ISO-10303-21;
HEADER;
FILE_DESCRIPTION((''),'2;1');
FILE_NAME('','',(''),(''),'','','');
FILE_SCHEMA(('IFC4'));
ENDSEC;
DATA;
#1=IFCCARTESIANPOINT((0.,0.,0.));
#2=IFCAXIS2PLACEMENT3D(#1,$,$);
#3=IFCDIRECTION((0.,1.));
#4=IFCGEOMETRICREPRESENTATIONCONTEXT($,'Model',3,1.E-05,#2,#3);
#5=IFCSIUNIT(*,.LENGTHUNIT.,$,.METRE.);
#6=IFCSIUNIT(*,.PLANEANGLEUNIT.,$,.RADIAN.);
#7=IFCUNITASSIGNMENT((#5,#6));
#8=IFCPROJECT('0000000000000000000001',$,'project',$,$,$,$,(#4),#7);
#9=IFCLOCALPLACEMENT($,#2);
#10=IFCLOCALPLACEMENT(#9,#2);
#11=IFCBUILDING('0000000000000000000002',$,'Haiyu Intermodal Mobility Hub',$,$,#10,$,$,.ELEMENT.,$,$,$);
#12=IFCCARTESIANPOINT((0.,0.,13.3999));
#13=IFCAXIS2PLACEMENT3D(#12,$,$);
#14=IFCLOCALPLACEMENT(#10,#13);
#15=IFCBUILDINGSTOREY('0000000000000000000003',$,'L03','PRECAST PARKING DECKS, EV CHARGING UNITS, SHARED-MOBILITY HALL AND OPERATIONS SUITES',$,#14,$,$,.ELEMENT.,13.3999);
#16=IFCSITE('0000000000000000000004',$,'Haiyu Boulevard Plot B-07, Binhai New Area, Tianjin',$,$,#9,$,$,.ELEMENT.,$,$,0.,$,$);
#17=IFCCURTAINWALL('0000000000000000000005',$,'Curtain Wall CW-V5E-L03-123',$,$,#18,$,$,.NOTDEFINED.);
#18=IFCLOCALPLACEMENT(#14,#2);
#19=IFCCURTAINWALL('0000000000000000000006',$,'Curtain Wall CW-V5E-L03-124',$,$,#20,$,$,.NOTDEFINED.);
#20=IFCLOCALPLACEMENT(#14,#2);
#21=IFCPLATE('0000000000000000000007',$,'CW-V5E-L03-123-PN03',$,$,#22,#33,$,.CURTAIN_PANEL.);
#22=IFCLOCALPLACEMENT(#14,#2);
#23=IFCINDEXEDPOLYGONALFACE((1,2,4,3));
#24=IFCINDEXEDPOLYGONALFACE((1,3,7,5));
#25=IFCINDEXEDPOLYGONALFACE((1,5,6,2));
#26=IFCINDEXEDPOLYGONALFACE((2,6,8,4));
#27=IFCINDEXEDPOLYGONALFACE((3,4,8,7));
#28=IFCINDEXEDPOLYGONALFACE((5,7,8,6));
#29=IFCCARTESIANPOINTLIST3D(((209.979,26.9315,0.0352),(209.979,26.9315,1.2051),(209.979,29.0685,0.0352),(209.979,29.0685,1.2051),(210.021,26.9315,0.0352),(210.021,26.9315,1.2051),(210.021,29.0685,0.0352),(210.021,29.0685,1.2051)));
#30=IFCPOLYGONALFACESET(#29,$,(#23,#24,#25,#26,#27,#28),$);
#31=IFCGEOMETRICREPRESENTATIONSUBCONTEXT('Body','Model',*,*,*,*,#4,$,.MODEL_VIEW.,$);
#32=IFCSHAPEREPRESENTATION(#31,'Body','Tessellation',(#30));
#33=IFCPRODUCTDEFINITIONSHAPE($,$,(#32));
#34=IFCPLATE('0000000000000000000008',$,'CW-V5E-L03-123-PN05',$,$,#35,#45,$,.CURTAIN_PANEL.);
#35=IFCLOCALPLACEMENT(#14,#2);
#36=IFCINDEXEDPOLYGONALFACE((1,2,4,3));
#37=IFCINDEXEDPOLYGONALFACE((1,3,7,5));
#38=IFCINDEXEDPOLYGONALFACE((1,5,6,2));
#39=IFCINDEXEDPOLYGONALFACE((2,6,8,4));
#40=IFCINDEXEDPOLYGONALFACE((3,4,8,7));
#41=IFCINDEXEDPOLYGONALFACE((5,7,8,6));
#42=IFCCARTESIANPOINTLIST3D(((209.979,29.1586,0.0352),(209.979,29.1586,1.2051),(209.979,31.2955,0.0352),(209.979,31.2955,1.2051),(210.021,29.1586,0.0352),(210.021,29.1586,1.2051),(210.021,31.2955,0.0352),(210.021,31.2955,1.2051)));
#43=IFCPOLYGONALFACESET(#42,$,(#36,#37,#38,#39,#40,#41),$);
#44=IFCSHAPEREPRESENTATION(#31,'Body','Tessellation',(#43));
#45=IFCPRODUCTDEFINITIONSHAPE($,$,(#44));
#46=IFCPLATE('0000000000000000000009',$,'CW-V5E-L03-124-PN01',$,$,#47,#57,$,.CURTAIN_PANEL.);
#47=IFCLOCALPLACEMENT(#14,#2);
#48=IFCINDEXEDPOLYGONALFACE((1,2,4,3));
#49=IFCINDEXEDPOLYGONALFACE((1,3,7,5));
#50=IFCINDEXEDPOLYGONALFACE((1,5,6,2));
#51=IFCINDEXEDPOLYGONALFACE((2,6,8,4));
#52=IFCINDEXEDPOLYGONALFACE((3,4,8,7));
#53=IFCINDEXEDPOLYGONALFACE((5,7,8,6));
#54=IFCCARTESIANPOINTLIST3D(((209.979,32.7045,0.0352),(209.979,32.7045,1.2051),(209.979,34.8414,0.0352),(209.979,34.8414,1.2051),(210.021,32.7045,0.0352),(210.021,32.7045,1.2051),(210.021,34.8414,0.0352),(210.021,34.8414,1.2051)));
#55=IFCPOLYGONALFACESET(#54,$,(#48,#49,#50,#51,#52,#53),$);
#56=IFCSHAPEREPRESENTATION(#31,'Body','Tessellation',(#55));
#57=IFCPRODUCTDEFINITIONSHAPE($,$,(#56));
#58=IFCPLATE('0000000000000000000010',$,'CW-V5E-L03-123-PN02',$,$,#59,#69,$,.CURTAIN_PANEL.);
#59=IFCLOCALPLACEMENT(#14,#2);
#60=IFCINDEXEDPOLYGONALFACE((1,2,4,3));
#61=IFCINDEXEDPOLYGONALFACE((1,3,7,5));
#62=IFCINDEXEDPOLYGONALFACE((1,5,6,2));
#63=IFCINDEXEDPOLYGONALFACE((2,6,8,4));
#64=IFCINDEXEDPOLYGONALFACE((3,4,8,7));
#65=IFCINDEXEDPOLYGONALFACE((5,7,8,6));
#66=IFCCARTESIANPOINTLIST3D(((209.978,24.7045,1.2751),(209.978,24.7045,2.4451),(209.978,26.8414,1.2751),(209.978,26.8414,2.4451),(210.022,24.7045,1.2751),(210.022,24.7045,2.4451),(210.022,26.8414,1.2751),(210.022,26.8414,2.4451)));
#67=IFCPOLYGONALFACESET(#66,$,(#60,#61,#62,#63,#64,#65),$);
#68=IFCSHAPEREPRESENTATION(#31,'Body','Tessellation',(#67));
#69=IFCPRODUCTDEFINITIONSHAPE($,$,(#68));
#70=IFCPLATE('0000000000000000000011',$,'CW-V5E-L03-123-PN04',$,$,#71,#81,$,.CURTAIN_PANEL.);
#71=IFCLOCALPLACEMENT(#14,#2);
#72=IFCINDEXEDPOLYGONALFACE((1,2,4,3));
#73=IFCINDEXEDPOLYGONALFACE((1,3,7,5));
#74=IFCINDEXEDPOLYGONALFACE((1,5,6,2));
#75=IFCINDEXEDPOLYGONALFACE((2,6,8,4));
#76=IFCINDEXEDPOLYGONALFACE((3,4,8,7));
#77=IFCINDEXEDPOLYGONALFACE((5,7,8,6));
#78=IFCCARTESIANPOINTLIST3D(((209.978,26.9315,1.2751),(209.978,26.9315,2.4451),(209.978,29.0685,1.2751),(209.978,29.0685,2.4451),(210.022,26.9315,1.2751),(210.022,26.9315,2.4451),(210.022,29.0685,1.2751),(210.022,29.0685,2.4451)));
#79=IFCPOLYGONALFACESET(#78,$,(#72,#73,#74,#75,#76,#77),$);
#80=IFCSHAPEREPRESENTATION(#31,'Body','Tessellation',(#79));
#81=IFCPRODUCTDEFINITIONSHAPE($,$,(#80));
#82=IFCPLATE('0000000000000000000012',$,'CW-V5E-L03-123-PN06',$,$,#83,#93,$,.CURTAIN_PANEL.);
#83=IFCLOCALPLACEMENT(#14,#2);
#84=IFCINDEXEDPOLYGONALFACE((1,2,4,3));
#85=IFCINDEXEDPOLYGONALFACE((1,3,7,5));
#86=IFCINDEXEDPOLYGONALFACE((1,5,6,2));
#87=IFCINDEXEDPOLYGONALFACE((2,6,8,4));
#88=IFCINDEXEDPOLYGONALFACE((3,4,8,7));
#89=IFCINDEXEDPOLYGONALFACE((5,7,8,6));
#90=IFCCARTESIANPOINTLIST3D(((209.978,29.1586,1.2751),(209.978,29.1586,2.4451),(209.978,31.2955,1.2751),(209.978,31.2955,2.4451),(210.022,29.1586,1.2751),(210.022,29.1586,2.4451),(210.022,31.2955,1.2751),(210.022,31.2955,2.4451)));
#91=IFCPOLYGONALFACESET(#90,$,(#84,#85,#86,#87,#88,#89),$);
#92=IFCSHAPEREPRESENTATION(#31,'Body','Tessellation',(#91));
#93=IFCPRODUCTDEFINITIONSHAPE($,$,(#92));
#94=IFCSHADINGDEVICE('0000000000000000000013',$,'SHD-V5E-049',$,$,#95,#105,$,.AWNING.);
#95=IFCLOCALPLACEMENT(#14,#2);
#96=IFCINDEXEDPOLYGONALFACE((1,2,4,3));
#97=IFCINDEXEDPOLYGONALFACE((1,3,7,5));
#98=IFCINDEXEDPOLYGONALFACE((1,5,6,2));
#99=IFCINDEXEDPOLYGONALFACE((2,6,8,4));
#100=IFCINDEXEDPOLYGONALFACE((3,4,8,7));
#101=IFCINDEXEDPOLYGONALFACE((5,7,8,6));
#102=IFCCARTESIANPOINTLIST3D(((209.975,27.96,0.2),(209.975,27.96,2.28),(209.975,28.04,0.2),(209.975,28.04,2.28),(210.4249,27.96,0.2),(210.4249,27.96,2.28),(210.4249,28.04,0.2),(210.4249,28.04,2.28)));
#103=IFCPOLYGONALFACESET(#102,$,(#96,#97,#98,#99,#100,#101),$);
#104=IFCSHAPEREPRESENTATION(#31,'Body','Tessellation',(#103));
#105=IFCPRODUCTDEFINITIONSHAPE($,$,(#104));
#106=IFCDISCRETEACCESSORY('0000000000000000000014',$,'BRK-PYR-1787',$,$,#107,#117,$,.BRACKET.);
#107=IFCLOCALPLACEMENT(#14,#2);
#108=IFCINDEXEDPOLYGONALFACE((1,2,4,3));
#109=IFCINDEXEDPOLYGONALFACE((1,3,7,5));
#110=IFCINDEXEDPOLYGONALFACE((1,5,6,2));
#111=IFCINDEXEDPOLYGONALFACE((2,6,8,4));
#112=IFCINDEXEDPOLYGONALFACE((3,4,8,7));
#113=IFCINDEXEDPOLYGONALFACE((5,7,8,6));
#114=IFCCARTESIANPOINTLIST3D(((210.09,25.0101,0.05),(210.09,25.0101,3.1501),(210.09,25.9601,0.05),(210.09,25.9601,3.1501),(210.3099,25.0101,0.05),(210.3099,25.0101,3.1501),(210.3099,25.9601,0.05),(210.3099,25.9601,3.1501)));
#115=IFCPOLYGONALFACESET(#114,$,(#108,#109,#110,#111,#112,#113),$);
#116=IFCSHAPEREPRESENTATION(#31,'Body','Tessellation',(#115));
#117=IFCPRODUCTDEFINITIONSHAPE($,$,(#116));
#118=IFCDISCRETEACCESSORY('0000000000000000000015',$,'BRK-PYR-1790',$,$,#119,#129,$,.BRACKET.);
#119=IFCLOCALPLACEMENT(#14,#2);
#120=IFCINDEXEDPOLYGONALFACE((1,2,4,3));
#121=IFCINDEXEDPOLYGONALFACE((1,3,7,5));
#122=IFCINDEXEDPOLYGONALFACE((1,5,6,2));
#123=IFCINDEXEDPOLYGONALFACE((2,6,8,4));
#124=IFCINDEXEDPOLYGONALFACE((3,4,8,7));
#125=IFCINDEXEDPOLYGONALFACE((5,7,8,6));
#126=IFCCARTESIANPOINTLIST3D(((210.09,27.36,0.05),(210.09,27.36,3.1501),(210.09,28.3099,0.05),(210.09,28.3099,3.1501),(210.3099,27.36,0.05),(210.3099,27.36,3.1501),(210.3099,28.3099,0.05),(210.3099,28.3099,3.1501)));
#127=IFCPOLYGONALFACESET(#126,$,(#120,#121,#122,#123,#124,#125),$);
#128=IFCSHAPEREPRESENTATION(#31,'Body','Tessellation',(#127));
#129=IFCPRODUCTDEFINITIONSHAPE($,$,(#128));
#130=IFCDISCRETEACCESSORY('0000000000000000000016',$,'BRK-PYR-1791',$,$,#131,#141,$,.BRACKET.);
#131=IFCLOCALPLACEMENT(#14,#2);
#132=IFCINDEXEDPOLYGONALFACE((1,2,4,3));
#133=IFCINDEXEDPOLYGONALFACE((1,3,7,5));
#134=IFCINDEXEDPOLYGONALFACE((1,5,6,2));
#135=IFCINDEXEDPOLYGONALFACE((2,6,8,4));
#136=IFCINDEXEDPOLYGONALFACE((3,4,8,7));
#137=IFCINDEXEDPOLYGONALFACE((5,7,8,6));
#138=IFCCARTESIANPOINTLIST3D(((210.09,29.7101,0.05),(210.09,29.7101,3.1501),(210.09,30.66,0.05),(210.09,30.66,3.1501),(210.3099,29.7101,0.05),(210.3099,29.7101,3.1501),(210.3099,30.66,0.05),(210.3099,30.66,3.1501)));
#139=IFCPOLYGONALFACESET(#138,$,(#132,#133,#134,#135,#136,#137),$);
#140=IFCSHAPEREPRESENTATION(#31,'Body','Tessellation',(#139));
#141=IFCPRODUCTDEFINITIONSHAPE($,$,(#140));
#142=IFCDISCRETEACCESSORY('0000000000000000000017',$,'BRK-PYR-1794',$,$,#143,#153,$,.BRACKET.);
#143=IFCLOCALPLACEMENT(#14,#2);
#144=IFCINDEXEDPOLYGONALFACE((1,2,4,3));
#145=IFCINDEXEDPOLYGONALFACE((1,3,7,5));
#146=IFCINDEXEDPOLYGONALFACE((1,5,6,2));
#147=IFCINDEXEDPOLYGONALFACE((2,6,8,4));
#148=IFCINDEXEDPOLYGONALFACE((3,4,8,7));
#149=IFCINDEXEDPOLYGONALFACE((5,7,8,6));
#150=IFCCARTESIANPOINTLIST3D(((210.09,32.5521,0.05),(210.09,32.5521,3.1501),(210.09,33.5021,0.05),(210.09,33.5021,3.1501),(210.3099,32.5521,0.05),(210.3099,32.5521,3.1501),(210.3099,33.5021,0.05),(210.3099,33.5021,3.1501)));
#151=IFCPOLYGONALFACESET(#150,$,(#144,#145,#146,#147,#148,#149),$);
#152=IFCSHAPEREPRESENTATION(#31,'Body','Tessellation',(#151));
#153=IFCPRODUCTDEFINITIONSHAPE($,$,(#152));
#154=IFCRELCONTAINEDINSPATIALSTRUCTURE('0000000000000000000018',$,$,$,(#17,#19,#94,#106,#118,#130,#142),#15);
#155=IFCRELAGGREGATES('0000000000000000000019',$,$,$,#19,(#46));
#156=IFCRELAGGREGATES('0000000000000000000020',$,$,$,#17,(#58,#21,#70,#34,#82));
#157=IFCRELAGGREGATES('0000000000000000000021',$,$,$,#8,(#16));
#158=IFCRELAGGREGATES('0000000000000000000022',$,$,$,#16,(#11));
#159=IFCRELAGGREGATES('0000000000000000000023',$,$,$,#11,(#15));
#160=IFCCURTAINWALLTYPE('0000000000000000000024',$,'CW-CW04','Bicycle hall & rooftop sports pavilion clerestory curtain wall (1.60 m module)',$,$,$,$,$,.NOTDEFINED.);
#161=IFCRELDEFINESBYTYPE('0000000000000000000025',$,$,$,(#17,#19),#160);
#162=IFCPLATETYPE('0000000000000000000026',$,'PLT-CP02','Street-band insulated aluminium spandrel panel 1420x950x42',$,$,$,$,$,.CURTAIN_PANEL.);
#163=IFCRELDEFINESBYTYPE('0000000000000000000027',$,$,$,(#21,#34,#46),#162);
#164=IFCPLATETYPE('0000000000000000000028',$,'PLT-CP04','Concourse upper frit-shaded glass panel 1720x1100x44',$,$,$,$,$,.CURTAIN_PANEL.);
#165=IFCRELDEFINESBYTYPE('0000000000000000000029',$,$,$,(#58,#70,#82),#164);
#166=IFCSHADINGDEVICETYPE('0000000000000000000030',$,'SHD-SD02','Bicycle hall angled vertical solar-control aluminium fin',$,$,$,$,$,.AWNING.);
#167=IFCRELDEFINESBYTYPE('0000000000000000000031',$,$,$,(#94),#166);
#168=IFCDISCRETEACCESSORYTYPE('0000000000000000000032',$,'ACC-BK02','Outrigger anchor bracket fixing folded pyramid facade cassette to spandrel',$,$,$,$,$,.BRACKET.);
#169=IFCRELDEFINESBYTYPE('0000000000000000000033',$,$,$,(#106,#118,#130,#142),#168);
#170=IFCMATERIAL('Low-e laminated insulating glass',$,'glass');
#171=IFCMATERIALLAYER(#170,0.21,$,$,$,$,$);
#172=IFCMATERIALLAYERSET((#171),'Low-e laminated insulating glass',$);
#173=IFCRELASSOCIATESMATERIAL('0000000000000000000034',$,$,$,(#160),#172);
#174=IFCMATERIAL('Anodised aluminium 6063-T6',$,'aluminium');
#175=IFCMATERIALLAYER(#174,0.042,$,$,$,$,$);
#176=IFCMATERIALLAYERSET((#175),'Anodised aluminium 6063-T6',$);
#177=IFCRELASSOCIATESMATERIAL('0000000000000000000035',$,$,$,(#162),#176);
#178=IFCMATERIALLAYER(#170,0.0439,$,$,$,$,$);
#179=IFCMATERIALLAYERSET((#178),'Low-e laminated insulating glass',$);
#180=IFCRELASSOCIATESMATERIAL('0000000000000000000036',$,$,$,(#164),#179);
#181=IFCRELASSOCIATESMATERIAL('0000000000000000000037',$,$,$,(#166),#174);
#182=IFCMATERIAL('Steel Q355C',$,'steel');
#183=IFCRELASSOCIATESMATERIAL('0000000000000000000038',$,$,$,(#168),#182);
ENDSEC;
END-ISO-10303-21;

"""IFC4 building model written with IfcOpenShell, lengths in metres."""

from ifc_helpers import new_model, si_unit, direction, frame, origin, origin_2d, place, context, subcontext, project, spatial, rectangle, extrude, material, layer, layer_set, material_profile, profile_set, type_object, element, aggregate, save


model = new_model("IFC4")

# Units and contexts
model_context = context("Model", 3, precision=1e-05, world=origin(), true_north=direction((0.0, 1.0)))
body_context = subcontext(model_context, "Body", "Model", "MODEL_VIEW")
ifc_project = project(units=[si_unit("LENGTHUNIT", "METRE"), si_unit("PLANEANGLEUNIT", "RADIAN")], contexts=[model_context])

# Site, building, storey
site_placement = place(None, origin())
site = spatial("IfcSite", under=ifc_project, at=site_placement, Name="Haiyu Boulevard Plot B-07, Binhai New Area, Tianjin", CompositionType="ELEMENT", RefElevation=0.0)
building_placement = place(site_placement, origin())
building = spatial("IfcBuilding", under=site, at=building_placement, Name="Haiyu Intermodal Mobility Hub", CompositionType="ELEMENT")
storey_placement = place(building_placement, frame((0.0, 0.0, 13.3999)))
storey = spatial("IfcBuildingStorey", under=building, at=storey_placement, Name="L03", Description="PRECAST PARKING DECKS, EV CHARGING UNITS, SHARED-MOBILITY HALL AND OPERATIONS SUITES", CompositionType="ELEMENT", Elevation=13.3999)

# Curtain wall
ifc_material_1 = material(Name="Low-e laminated insulating glass", Category="glass")
ifc_layer_1 = layer(ifc_material_1, 0.21)
ifc_layer_set_1 = layer_set([ifc_layer_1], Name="Low-e laminated insulating glass")
curtain_wall_type = type_object("IfcCurtainWallType", Name="CW-CW04", Description="Bicycle hall & rooftop sports pavilion clerestory curtain wall (1.60 m module)", PredefinedType="NOTDEFINED", material=ifc_layer_set_1)
curtain_wall_1_placement = place(storey_placement, origin())
curtain_wall_1 = element("IfcCurtainWall", 1, at=curtain_wall_1_placement, inside=storey, type_object=curtain_wall_type, Name="Curtain Wall CW-V5E-L03-123", PredefinedType="NOTDEFINED")
ifc_material_2 = material(Name="Anodised aluminium 6063-T6", Category="aluminium")

# Curtain wall
curtain_wall_2_placement = place(storey_placement, origin())
curtain_wall_2 = element("IfcCurtainWall", 2, at=curtain_wall_2_placement, inside=storey, type_object=curtain_wall_type, Name="Curtain Wall CW-V5E-L03-124", PredefinedType="NOTDEFINED")

# Plates
ifc_layer_2 = layer(ifc_material_2, 0.042)
ifc_layer_set_2 = layer_set([ifc_layer_2], Name="Anodised aluminium 6063-T6")
plate_type_1 = type_object("IfcPlateType", Name="PLT-CP02", Description="Street-band insulated aluminium spandrel panel 1420x950x42", PredefinedType="CURTAIN_PANEL", material=ifc_layer_set_2)
plate_1_placement = place(storey_placement, frame((210.0, 28.0, 0.0352), z_axis=(0.0, 0.0, 1.0), x_axis=(0.0, 1.0, 0.0)))
plate_1 = element("IfcPlate", 3, at=plate_1_placement, type_object=plate_type_1, Name="CW-V5E-L03-123-PN03", PredefinedType="CURTAIN_PANEL", context=body_context, shape_type="SweptSolid", body=[
    extrude(rectangle(XDim=2.137, YDim=0.042, at=origin_2d()), origin(), (0.0, 0.0, 1.0), 1.1699),
])
plate_2_placement = place(storey_placement, frame((210.0, 30.2271, 0.0352), z_axis=(0.0, 0.0, 1.0), x_axis=(0.0, 1.0, 0.0)))
plate_2 = element("IfcPlate", 4, at=plate_2_placement, type_object=plate_type_1, Name="CW-V5E-L03-123-PN05", PredefinedType="CURTAIN_PANEL", context=body_context, shape_type="SweptSolid", body=[
    extrude(rectangle(XDim=2.137, YDim=0.042, at=origin_2d()), origin(), (0.0, 0.0, 1.0), 1.1699),
])
plate_3_placement = place(storey_placement, frame((210.0, 33.7729, 0.0352), z_axis=(0.0, 0.0, 1.0), x_axis=(0.0, 1.0, 0.0)))
plate_3 = element("IfcPlate", 5, at=plate_3_placement, type_object=plate_type_1, Name="CW-V5E-L03-124-PN01", PredefinedType="CURTAIN_PANEL", context=body_context, shape_type="SweptSolid", body=[
    extrude(rectangle(XDim=2.137, YDim=0.042, at=origin_2d()), origin(), (0.0, 0.0, 1.0), 1.1699),
])
aggregate(curtain_wall_2, [plate_3])
ifc_layer_3 = layer(ifc_material_1, 0.0439)
ifc_layer_set_3 = layer_set([ifc_layer_3], Name="Low-e laminated insulating glass")
plate_type_2 = type_object("IfcPlateType", Name="PLT-CP04", Description="Concourse upper frit-shaded glass panel 1720x1100x44", PredefinedType="CURTAIN_PANEL", material=ifc_layer_set_3)
plate_4_placement = place(storey_placement, frame((210.0, 25.7729, 1.2751), z_axis=(0.0, 0.0, 1.0), x_axis=(0.0, 1.0, 0.0)))
plate_4 = element("IfcPlate", 6, at=plate_4_placement, type_object=plate_type_2, Name="CW-V5E-L03-123-PN02", PredefinedType="CURTAIN_PANEL", context=body_context, shape_type="SweptSolid", body=[
    extrude(rectangle(XDim=2.137, YDim=0.0439, at=origin_2d()), origin(), (0.0, 0.0, 1.0), 1.1699),
])
plate_5_placement = place(storey_placement, frame((210.0, 28.0, 1.2751), z_axis=(0.0, 0.0, 1.0), x_axis=(0.0, 1.0, 0.0)))
plate_5 = element("IfcPlate", 7, at=plate_5_placement, type_object=plate_type_2, Name="CW-V5E-L03-123-PN04", PredefinedType="CURTAIN_PANEL", context=body_context, shape_type="SweptSolid", body=[
    extrude(rectangle(XDim=2.137, YDim=0.0439, at=origin_2d()), origin(), (0.0, 0.0, 1.0), 1.1699),
])
plate_6_placement = place(storey_placement, frame((210.0, 30.2271, 1.2751), z_axis=(0.0, 0.0, 1.0), x_axis=(0.0, 1.0, 0.0)))
plate_6 = element("IfcPlate", 8, at=plate_6_placement, type_object=plate_type_2, Name="CW-V5E-L03-123-PN06", PredefinedType="CURTAIN_PANEL", context=body_context, shape_type="SweptSolid", body=[
    extrude(rectangle(XDim=2.137, YDim=0.0439, at=origin_2d()), origin(), (0.0, 0.0, 1.0), 1.1699),
])
aggregate(curtain_wall_1, [plate_4, plate_1, plate_5, plate_2, plate_6])

# Shading device
ifc_material_profile_1 = material_profile(ifc_material_2, rectangle(XDim=0.0701, YDim=0.55, at=origin_2d()), Name="FIN70x550")
ifc_profile_set_1 = profile_set([ifc_material_profile_1], Name="Anodised aluminium 6063-T6")
shading_device_type = type_object("IfcShadingDeviceType", Name="SHD-SD02", Description="Bicycle hall angled vertical solar-control aluminium fin", PredefinedType="AWNING", material=ifc_profile_set_1)
shading_device_placement = place(storey_placement, frame((210.2, 28.0, 0.2), z_axis=(0.0, 0.0, 1.0), x_axis=(1.0, 0.0, 0.0)))
element("IfcShadingDevice", 9, at=shading_device_placement, inside=storey, type_object=shading_device_type, Name="SHD-V5E-049", PredefinedType="AWNING", context=body_context, shape_type="SweptSolid", body=[
    extrude(rectangle(XDim=0.45, YDim=0.0801, at=origin_2d()), origin(), (0.0, 0.0, 1.0), 2.0801),
])

# Discrete accessories
ifc_material_3 = material(Name="Steel Q355C", Category="steel")
discrete_accessory_type = type_object("IfcDiscreteAccessoryType", Name="ACC-BK02", Description="Outrigger anchor bracket fixing folded pyramid facade cassette to spandrel", PredefinedType="BRACKET", material=ifc_material_3)
for number, where, z_axis, x_axis, name in (
    (10, (210.2, 25.4851, 0.05), (0.0, 0.0, 1.0), (1.0, 0.0, 0.0), "BRK-PYR-1787"),
    (11, (210.2, 27.835, 0.05), (0.0, 0.0, 1.0), (1.0, 0.0, 0.0), "BRK-PYR-1790"),
    (12, (210.2, 30.1851, 0.05), (0.0, 0.0, 1.0), (1.0, 0.0, 0.0), "BRK-PYR-1791"),
    (13, (210.2, 33.0271, 0.05), (0.0, 0.0, 1.0), (1.0, 0.0, 0.0), "BRK-PYR-1794"),
):
    element("IfcDiscreteAccessory", number, at=place(storey_placement, frame(where, z_axis=z_axis, x_axis=x_axis)), inside=storey, type_object=discrete_accessory_type, Name=name, PredefinedType="BRACKET", context=body_context, shape_type="SweptSolid", body=[
        extrude(rectangle(XDim=0.22, YDim=0.95, at=origin_2d()), origin(), (0.0, 0.0, 1.0), 3.1001),
    ])

save(model, "model.ifc")
